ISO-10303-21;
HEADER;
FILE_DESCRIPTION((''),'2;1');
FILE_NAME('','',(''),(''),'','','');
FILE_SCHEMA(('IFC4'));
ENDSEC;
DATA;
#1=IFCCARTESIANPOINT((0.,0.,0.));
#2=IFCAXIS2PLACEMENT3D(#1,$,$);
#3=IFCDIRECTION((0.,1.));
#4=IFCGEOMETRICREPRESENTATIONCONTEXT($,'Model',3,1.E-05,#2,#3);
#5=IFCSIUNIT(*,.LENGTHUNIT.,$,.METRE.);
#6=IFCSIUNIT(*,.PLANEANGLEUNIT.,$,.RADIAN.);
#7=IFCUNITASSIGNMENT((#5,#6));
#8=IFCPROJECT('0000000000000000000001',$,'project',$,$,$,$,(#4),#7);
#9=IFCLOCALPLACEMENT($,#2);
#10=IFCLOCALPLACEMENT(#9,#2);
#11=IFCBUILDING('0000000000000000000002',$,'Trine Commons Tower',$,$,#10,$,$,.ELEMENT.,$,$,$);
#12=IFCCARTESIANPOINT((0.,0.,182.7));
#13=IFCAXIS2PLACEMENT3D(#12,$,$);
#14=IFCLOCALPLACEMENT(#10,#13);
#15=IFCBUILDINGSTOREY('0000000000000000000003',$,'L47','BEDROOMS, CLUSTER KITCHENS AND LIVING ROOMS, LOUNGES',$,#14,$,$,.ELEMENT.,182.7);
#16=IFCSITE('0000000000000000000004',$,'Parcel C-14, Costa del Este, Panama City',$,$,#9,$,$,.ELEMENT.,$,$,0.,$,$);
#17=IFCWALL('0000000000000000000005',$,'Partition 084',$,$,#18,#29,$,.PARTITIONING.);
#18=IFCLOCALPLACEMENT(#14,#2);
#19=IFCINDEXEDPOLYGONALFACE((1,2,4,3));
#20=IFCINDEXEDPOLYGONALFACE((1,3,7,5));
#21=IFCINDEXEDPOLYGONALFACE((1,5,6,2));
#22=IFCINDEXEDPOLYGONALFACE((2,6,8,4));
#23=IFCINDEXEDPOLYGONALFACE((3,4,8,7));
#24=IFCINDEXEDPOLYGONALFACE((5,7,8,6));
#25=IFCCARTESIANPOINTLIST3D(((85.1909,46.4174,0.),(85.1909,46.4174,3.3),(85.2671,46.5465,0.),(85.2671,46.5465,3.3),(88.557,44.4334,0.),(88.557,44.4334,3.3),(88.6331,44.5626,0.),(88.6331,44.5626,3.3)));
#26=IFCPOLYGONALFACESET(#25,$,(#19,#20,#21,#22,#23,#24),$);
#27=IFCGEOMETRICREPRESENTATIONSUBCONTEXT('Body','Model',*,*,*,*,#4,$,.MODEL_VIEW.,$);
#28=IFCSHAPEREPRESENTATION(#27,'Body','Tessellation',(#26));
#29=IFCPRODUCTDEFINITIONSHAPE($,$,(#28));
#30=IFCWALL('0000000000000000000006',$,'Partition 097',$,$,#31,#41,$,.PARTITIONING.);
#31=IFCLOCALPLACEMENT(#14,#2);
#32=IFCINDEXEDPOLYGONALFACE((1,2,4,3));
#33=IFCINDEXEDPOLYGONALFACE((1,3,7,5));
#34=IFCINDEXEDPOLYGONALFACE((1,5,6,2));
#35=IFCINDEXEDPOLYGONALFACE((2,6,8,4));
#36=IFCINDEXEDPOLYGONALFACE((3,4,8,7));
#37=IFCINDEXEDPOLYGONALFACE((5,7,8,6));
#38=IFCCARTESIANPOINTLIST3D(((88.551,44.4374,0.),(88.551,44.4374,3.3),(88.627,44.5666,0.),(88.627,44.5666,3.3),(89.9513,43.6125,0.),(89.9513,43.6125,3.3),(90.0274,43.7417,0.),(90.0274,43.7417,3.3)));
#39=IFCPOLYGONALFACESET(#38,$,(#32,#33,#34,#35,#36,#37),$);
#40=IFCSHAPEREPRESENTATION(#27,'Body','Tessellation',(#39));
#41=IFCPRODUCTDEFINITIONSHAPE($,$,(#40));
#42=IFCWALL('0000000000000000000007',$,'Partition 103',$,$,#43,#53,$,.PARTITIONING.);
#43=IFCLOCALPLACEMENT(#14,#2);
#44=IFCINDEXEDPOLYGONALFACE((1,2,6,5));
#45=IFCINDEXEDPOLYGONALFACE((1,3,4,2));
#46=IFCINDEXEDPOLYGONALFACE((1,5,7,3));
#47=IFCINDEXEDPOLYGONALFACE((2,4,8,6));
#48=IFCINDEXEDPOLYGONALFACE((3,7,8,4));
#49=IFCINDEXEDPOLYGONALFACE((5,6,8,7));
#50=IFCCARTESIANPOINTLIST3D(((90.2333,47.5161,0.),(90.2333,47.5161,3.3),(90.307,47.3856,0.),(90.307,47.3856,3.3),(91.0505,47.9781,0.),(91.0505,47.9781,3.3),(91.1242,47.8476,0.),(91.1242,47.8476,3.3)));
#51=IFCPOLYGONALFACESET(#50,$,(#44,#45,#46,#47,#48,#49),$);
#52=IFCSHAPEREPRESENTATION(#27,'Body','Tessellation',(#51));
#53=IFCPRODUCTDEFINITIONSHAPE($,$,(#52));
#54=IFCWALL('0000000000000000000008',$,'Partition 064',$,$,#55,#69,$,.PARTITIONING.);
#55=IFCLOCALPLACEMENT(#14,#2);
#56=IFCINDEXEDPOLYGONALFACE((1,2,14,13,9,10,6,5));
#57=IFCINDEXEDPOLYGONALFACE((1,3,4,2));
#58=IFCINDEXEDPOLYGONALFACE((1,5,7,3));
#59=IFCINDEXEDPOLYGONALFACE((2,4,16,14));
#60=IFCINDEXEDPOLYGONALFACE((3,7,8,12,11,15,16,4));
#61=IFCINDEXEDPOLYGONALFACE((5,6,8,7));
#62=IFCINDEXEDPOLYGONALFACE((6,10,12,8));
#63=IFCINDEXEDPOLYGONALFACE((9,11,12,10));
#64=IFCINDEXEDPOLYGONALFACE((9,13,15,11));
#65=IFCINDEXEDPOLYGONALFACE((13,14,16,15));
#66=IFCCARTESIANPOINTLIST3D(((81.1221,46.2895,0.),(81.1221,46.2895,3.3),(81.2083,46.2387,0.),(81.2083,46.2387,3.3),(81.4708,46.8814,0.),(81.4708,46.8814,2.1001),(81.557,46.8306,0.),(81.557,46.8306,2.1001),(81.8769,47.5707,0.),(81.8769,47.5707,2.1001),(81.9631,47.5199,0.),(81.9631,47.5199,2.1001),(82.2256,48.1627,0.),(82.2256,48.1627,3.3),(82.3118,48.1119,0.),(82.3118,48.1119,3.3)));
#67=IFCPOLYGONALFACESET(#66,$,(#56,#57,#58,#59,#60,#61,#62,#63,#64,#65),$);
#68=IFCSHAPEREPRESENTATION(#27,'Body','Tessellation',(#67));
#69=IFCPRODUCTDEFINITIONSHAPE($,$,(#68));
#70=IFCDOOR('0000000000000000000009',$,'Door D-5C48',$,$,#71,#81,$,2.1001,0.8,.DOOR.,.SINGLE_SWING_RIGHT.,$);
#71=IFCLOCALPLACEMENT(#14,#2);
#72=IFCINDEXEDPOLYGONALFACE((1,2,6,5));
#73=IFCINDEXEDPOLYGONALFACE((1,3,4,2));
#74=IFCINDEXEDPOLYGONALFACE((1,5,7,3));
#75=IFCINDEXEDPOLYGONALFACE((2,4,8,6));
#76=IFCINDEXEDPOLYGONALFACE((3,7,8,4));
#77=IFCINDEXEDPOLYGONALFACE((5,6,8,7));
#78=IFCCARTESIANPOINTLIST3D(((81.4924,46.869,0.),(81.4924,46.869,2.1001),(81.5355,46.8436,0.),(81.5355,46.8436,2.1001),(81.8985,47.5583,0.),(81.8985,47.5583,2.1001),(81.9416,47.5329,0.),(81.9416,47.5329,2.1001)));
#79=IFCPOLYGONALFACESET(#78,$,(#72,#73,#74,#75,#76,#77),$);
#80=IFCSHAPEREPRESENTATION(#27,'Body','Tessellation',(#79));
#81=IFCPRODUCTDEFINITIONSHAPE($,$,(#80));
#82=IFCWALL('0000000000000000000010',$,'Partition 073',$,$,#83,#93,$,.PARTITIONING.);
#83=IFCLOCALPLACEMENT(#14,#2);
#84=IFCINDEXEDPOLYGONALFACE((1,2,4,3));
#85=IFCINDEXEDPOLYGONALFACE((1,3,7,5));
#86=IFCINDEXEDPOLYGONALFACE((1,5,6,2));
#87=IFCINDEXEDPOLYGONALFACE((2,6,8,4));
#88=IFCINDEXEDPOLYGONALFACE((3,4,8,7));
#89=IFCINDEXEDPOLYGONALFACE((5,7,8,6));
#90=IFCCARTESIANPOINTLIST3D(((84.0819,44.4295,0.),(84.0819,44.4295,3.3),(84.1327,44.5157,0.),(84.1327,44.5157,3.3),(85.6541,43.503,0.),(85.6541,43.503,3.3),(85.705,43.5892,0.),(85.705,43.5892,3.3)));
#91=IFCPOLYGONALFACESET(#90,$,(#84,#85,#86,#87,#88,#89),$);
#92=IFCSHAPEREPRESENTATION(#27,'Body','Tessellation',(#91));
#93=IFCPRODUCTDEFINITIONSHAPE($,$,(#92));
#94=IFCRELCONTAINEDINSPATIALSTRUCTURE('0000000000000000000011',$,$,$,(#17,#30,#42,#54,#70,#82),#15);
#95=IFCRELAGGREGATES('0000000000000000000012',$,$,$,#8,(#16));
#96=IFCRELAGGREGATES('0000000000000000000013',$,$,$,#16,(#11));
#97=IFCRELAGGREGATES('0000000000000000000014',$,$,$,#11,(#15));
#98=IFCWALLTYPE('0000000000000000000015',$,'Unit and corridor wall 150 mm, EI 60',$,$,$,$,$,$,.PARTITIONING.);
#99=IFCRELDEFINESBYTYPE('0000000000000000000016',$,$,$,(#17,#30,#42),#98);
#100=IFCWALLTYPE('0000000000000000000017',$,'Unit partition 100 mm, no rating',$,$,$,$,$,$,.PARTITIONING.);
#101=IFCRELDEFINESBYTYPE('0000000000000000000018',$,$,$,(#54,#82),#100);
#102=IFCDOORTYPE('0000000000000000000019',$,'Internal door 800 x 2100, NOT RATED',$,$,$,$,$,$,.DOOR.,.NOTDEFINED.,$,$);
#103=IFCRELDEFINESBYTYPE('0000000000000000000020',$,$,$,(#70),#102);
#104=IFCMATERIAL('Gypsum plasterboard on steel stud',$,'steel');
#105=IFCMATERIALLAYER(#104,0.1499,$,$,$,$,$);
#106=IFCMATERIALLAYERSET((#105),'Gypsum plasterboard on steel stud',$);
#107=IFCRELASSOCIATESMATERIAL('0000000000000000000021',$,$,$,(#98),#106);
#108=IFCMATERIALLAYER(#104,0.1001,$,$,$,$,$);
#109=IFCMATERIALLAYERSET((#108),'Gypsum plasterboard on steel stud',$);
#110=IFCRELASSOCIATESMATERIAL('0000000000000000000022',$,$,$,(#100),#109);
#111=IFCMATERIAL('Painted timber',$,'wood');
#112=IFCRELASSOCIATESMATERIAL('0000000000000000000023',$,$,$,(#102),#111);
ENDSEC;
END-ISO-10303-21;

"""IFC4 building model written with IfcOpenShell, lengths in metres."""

from ifc_helpers import new_model, si_unit, direction, frame, frame_2d, origin, place, context, subcontext, project, spatial, rectangle, extrude, material, layer, layer_set, type_object, element, fill, save


model = new_model("IFC4")

# Units and contexts
model_context = context("Model", 3, precision=1e-05, world=origin(), true_north=direction((0.0, 1.0)))
body_context = subcontext(model_context, "Body", "Model", "MODEL_VIEW")
ifc_project = project(units=[si_unit("LENGTHUNIT", "METRE"), si_unit("PLANEANGLEUNIT", "RADIAN")], contexts=[model_context])

# Site, building, storey
site_placement = place(None, origin())
site = spatial("IfcSite", under=ifc_project, at=site_placement, Name="Parcel C-14, Costa del Este, Panama City", CompositionType="ELEMENT", RefElevation=0.0)
building_placement = place(site_placement, origin())
building = spatial("IfcBuilding", under=site, at=building_placement, Name="Trine Commons Tower", CompositionType="ELEMENT")
storey_placement = place(building_placement, frame((0.0, 0.0, 182.7)))
storey = spatial("IfcBuildingStorey", under=building, at=storey_placement, Name="L47", Description="BEDROOMS, CLUSTER KITCHENS AND LIVING ROOMS, LOUNGES", CompositionType="ELEMENT", Elevation=182.7)

# Shared definitions
ifc_material_1 = material(Name="Gypsum plasterboard on steel stud", Category="steel")
ifc_layer_1 = layer(ifc_material_1, 0.1499)
ifc_layer_set_1 = layer_set([ifc_layer_1], Name="Gypsum plasterboard on steel stud")
wall_type_1 = type_object("IfcWallType", Name="Unit and corridor wall 150 mm, EI 60", PredefinedType="PARTITIONING", material=ifc_layer_set_1)

# Walls
wall_1_placement = place(storey_placement, frame((85.229, 46.4819, 0.0), z_axis=(0.0, 0.0, 1.0), x_axis=(0.861497, -0.507763, 0.0)))
element("IfcWall", 1, at=wall_1_placement, inside=storey, type_object=wall_type_1, Name="Partition 084", PredefinedType="PARTITIONING", context=body_context, shape_type="SweptSolid", body=[
    extrude(rectangle(XDim=3.9072, YDim=0.1499, at=frame_2d((1.9536, 0.0))), origin(), (0.0, 0.0, 1.0), 3.3),
])
wall_2_placement = place(storey_placement, frame((88.5891, 44.502, 0.0), z_axis=(0.0, 0.0, 1.0), x_axis=(0.861614, -0.507565, 0.0)))
element("IfcWall", 2, at=wall_2_placement, inside=storey, type_object=wall_type_1, Name="Partition 097", PredefinedType="PARTITIONING", context=body_context, shape_type="SweptSolid", body=[
    extrude(rectangle(XDim=1.6252, YDim=0.1499, at=frame_2d((0.8125, 0.0))), origin(), (0.0, 0.0, 1.0), 3.3),
])
wall_3_placement = place(storey_placement, frame((90.2703, 47.4509, 0.0), z_axis=(0.0, 0.0, 1.0), x_axis=(0.870539, 0.4921, 0.0)))
element("IfcWall", 3, at=wall_3_placement, inside=storey, type_object=wall_type_1, Name="Partition 103", PredefinedType="PARTITIONING", context=body_context, shape_type="SweptSolid", body=[
    extrude(rectangle(XDim=0.9387, YDim=0.1499, at=frame_2d((0.4692, 0.0))), origin(), (0.0, 0.0, 1.0), 3.3),
])

# Wall, opening, door
ifc_layer_2 = layer(ifc_material_1, 0.1001)
ifc_layer_set_2 = layer_set([ifc_layer_2], Name="Gypsum plasterboard on steel stud")
wall_type_2 = type_object("IfcWallType", Name="Unit partition 100 mm, no rating", PredefinedType="PARTITIONING", material=ifc_layer_set_2)
wall_4_placement = place(storey_placement, frame((81.1653, 46.2642, 0.0), z_axis=(0.0, 0.0, 1.0), x_axis=(0.50756, 0.861617, 0.0)))
wall_4 = element("IfcWall", 4, at=wall_4_placement, inside=storey, type_object=wall_type_2, Name="Partition 064", PredefinedType="PARTITIONING", context=body_context, shape_type="SweptSolid", body=[
    extrude(rectangle(XDim=2.1741, YDim=0.1001, at=frame_2d((1.0869, 0.0))), origin(), (0.0, 0.0, 1.0), 3.3),
])
opening_1_placement = place(wall_4_placement, frame((0.687, 0.0, 0.0)))
opening_1 = element("IfcOpeningElement", 5, at=opening_1_placement, cuts=wall_4, PredefinedType="OPENING", context=body_context, shape_type="SweptSolid", body=[
    extrude(rectangle(XDim=0.8, YDim=2.1001, at=frame_2d((0.3999, 1.05))), frame((0.0, 0.0601, 0.0), z_axis=(0.0, -1.0, 0.0), x_axis=(1.0, 0.0, 0.0)), (0.0, 0.0, 1.0), 0.1201),
])
ifc_material_2 = material(Name="Painted timber", Category="wood")
door_type_1 = type_object("IfcDoorType", Name="Internal door 800 x 2100, NOT RATED", OperationType="NOTDEFINED", PredefinedType="DOOR", material=ifc_material_2)
door_1_placement = place(opening_1_placement, frame((0.8, 0.0, 0.0), z_axis=(0.0, 0.0, 1.0), x_axis=(-1.0, 0.0, 0.0)))
door_1 = element("IfcDoor", 6, at=door_1_placement, inside=storey, type_object=door_type_1, Name="Door D-5C48", OperationType="SINGLE_SWING_RIGHT", OverallHeight=2.1001, OverallWidth=0.8, PredefinedType="DOOR", context=body_context, shape_type="SweptSolid", body=[
    extrude(rectangle(XDim=0.8, YDim=2.1001, at=frame_2d((0.3999, 1.05))), frame((0.0, 0.0249, 0.0), z_axis=(0.0, -1.0, 0.0), x_axis=(1.0, 0.0, 0.0)), (0.0, 0.0, 1.0), 0.05),
])
fill(opening_1, door_1)

# Wall
wall_5_placement = place(storey_placement, frame((84.1072, 44.4727, 0.0), z_axis=(0.0, 0.0, 1.0), x_axis=(0.861538, -0.507692, 0.0)))
element("IfcWall", 7, at=wall_5_placement, inside=storey, type_object=wall_type_2, Name="Partition 073", PredefinedType="PARTITIONING", context=body_context, shape_type="SweptSolid", body=[
    extrude(rectangle(XDim=1.825, YDim=0.1001, at=frame_2d((0.9126, 0.0))), origin(), (0.0, 0.0, 1.0), 3.3),
])

save(model, "model.ifc")
